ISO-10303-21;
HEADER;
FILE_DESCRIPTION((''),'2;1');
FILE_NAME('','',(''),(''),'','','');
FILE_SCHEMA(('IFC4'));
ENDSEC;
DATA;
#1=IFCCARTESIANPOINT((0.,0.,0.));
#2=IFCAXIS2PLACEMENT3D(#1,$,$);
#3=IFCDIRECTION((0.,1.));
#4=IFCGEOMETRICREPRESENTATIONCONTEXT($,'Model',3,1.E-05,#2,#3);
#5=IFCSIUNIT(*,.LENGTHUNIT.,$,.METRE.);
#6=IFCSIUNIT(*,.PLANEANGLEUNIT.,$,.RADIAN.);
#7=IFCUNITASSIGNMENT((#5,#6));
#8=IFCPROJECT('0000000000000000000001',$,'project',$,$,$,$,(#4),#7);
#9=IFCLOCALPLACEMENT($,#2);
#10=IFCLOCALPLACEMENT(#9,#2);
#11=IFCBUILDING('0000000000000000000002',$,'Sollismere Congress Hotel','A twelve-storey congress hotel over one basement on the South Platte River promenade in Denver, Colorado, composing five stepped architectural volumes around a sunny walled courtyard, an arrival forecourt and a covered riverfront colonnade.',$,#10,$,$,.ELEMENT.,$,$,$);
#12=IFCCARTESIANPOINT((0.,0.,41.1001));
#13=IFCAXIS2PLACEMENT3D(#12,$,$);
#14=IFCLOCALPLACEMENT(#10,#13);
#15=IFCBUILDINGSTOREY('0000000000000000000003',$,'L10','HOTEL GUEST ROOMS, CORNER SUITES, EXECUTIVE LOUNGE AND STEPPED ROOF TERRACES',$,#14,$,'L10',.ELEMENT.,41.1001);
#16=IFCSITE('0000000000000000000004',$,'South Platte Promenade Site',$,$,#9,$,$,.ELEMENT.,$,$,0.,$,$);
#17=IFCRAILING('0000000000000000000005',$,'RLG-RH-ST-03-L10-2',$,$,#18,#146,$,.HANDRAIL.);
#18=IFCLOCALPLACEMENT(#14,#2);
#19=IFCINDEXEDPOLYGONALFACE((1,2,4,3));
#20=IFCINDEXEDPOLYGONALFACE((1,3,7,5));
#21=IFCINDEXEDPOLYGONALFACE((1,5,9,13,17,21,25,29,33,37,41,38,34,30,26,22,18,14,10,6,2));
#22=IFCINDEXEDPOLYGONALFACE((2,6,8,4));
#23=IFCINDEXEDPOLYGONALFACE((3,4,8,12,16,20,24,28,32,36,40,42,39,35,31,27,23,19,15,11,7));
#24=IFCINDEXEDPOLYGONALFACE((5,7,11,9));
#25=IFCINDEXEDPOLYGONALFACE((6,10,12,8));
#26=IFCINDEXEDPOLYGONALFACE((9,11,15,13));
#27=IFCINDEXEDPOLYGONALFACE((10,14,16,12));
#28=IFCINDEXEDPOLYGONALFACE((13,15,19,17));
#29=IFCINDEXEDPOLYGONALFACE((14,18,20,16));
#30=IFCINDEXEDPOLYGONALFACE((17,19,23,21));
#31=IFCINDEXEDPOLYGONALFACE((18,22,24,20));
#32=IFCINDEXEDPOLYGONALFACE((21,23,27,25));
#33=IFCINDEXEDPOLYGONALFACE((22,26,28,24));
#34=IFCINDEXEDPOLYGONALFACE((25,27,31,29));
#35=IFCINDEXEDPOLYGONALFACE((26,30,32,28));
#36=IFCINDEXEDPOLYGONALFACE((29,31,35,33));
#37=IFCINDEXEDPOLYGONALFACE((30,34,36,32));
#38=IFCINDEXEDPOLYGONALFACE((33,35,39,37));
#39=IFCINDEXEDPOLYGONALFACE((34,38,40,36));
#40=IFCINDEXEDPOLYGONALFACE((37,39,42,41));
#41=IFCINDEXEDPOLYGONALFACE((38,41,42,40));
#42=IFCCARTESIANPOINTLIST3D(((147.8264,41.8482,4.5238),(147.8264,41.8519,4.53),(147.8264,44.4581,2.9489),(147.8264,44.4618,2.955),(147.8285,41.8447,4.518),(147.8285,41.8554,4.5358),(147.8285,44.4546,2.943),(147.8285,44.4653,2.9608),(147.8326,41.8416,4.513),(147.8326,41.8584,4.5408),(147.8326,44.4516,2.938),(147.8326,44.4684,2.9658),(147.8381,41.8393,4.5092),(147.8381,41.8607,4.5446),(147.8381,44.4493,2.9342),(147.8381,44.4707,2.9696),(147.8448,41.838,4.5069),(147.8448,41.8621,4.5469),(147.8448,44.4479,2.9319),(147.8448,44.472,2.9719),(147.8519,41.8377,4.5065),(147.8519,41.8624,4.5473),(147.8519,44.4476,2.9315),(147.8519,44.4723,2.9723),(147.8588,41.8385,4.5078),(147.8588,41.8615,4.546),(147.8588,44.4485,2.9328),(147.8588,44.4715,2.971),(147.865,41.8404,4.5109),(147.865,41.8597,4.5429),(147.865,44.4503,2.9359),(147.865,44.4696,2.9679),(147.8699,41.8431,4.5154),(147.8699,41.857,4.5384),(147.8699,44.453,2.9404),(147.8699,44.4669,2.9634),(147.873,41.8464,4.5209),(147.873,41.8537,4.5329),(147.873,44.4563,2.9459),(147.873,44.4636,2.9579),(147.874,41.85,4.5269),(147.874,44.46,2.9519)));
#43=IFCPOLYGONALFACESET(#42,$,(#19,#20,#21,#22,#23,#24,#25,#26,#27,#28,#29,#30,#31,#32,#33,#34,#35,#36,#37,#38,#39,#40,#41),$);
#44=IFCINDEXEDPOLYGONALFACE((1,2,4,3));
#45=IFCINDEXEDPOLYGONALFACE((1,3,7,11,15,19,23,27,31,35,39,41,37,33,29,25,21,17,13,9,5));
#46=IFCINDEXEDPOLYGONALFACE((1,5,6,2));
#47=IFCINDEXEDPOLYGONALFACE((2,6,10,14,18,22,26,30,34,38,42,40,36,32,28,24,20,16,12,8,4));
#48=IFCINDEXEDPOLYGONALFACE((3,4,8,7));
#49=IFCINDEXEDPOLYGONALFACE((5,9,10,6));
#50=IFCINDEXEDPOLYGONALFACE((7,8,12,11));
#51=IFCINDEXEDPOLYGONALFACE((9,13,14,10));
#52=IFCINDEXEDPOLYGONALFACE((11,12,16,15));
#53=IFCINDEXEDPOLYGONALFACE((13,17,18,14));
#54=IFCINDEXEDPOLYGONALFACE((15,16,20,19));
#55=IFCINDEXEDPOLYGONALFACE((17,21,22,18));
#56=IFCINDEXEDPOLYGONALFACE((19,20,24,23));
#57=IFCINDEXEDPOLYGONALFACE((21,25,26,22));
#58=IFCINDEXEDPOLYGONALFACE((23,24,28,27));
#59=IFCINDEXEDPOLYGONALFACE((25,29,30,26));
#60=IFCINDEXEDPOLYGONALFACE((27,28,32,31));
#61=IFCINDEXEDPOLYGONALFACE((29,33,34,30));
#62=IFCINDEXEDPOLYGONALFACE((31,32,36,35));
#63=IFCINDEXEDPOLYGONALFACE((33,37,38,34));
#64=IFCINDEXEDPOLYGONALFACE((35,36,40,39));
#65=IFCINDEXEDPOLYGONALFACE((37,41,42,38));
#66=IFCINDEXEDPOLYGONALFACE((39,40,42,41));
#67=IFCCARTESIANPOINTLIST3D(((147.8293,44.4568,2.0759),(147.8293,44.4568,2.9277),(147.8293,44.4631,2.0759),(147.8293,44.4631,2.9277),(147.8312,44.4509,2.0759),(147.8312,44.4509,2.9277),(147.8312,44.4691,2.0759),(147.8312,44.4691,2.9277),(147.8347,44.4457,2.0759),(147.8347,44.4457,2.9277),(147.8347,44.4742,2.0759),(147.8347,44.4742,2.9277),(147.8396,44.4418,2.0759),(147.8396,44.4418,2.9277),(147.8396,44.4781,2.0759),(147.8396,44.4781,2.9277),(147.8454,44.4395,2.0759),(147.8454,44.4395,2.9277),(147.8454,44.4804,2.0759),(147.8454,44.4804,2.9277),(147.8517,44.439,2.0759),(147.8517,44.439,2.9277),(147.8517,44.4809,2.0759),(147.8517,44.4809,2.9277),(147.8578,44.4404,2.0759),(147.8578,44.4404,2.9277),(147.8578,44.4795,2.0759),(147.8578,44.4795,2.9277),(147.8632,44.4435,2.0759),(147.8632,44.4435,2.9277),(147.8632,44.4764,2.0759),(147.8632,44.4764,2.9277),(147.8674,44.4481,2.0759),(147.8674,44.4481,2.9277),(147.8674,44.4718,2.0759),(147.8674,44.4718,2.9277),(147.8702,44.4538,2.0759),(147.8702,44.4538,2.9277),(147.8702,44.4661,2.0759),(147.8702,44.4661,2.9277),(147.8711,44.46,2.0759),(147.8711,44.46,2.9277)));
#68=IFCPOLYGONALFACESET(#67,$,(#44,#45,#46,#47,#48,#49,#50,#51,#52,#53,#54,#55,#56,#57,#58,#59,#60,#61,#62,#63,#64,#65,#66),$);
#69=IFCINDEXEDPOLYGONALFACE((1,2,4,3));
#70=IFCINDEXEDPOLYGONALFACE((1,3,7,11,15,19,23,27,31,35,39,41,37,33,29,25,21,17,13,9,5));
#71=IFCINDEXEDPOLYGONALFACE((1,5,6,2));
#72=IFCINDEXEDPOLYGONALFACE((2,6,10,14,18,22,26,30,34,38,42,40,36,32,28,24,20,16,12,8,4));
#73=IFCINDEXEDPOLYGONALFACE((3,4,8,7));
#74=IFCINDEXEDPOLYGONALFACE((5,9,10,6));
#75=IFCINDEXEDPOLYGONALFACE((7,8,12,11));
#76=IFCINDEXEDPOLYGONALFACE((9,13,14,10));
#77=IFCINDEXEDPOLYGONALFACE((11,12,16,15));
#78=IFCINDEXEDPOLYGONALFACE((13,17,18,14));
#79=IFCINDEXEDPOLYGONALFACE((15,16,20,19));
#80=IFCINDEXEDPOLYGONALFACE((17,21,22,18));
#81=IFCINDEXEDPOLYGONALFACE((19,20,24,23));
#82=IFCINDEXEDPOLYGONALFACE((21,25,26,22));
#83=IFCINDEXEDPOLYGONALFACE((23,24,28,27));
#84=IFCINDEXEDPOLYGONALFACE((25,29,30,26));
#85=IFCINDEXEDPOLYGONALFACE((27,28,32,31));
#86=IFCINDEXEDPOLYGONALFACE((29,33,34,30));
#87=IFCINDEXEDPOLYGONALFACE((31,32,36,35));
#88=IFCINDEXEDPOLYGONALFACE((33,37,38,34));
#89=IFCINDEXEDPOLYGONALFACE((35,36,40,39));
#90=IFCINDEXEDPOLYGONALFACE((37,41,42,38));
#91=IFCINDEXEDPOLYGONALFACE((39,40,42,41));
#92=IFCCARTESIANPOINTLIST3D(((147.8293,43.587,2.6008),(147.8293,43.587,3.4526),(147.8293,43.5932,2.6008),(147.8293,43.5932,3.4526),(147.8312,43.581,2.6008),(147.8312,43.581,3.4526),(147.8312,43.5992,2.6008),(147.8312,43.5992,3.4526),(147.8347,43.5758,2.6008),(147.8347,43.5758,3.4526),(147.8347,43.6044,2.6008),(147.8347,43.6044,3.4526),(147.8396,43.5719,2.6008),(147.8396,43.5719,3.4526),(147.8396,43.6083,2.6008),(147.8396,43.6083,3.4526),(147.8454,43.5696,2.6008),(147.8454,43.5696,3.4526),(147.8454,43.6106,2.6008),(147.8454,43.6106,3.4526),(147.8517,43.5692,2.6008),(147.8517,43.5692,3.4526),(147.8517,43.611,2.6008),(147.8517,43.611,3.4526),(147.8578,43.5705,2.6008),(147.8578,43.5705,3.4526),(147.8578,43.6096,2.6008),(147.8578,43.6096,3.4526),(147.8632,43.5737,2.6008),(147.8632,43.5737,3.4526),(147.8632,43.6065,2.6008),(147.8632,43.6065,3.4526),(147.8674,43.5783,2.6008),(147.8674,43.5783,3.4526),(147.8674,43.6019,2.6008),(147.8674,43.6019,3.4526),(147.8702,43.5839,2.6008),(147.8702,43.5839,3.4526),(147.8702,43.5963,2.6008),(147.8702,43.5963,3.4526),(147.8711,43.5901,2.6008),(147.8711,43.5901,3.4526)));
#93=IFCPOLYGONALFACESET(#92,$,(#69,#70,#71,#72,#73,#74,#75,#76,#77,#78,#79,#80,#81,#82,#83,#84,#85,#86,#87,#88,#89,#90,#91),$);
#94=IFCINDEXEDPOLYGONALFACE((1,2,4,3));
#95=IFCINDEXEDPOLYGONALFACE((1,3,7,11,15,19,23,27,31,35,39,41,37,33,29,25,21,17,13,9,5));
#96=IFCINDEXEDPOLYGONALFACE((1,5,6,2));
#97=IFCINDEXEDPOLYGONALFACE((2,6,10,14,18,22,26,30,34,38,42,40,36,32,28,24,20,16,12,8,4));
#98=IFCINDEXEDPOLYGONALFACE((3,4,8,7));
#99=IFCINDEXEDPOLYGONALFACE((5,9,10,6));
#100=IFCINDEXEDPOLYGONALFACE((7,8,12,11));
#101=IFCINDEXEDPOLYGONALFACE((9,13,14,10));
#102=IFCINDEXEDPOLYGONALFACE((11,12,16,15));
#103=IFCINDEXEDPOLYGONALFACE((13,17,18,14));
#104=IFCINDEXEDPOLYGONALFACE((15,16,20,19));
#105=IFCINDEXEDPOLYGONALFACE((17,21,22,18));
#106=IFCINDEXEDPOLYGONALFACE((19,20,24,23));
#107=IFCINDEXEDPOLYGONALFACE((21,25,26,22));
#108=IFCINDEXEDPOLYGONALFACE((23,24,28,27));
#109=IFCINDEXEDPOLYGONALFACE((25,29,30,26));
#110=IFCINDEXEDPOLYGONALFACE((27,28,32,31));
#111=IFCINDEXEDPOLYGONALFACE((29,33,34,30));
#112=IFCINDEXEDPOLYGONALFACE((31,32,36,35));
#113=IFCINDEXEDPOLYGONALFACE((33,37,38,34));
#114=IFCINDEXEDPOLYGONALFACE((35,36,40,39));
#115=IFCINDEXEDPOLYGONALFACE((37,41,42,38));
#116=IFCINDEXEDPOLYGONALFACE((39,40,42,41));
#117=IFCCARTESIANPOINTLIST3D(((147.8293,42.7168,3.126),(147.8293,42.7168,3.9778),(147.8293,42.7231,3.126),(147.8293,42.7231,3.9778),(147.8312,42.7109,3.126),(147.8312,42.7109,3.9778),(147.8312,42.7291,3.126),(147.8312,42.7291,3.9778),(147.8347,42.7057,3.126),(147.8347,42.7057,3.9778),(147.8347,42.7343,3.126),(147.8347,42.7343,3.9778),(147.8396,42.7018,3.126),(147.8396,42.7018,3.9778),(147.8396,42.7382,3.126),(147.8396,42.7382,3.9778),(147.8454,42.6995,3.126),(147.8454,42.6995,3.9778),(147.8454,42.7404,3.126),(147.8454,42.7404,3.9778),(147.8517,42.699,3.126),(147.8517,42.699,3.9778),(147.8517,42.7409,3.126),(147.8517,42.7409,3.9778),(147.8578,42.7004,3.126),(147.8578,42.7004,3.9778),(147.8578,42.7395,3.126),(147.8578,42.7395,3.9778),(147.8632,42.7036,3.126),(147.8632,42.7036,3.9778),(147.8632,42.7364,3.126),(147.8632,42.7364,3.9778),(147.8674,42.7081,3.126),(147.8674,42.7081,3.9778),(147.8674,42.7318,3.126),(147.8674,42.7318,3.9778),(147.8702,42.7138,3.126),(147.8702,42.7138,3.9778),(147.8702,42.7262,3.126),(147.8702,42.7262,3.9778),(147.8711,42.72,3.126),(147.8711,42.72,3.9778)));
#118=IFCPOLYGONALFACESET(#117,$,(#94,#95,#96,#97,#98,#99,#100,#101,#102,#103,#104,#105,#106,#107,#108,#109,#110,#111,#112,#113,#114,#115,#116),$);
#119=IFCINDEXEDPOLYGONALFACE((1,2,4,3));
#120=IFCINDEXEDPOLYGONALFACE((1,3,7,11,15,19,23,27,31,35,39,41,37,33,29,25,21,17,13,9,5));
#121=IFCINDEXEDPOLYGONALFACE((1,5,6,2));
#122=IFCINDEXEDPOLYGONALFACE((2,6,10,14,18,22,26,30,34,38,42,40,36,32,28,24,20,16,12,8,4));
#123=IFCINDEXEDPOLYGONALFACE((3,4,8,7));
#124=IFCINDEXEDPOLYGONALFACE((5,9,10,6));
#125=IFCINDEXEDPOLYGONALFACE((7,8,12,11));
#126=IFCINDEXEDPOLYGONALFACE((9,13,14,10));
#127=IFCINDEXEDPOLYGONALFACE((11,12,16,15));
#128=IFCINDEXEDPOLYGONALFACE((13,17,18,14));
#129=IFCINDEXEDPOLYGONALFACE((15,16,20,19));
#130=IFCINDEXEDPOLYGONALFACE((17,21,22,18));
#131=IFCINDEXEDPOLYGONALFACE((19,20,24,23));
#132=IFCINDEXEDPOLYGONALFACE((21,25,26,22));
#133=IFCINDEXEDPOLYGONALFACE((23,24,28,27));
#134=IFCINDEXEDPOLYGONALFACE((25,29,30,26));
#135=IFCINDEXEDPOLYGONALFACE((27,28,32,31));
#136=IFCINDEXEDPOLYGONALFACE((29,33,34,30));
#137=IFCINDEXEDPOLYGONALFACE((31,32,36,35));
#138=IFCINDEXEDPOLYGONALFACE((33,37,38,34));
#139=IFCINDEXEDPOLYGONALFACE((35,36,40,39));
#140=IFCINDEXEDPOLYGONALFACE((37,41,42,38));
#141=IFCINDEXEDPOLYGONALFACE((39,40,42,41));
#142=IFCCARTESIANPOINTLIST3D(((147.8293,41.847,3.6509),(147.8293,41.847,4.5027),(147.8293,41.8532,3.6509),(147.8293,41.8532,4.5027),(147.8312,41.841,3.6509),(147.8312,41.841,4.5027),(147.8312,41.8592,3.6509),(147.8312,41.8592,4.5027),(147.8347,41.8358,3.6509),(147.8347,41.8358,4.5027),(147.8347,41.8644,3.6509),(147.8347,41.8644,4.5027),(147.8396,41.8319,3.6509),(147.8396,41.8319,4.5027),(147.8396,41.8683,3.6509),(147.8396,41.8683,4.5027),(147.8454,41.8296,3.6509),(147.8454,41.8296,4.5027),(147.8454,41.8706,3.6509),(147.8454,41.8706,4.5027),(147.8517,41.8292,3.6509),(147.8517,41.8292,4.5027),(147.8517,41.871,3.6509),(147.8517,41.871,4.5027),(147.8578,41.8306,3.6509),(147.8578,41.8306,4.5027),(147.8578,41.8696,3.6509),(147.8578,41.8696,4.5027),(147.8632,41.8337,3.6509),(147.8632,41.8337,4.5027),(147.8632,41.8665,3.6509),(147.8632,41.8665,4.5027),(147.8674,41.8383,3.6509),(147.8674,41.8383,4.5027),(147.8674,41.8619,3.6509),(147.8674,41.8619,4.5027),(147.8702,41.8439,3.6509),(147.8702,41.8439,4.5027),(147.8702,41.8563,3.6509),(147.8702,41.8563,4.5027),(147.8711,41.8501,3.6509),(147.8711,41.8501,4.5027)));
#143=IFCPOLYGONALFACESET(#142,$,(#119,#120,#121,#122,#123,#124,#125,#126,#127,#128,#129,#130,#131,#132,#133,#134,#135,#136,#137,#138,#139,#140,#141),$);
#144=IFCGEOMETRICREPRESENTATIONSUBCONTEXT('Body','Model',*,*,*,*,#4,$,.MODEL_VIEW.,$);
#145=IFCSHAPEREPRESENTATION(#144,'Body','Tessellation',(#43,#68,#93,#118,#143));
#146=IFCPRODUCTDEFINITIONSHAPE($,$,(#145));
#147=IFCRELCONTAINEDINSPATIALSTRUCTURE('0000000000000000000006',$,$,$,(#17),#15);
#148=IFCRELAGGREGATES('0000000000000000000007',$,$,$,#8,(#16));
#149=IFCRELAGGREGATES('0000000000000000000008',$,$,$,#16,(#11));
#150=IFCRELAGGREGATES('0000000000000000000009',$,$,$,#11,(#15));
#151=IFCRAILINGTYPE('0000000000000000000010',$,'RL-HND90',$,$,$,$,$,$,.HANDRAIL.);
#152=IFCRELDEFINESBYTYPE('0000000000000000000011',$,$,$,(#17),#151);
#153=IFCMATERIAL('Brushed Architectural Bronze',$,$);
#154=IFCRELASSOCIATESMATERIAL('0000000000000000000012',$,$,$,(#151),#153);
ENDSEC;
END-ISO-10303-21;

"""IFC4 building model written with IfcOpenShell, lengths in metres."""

from ifc_helpers import new_model, si_unit, direction, frame, origin, origin_2d, place, context, subcontext, project, spatial, circle, extrude, material, type_object, element, save


model = new_model("IFC4")

# Units and contexts
model_context = context("Model", 3, precision=1e-05, world=origin(), true_north=direction((0.0, 1.0)))
body_context = subcontext(model_context, "Body", "Model", "MODEL_VIEW")
ifc_project = project(units=[si_unit("LENGTHUNIT", "METRE"), si_unit("PLANEANGLEUNIT", "RADIAN")], contexts=[model_context])

# Site, building, storey
site_placement = place(None, origin())
site = spatial("IfcSite", under=ifc_project, at=site_placement, Name="South Platte Promenade Site", CompositionType="ELEMENT", RefElevation=0.0)
building_placement = place(site_placement, origin())
building = spatial("IfcBuilding", under=site, at=building_placement, Name="Sollismere Congress Hotel", Description="A twelve-storey congress hotel over one basement on the South Platte River promenade in Denver, Colorado, composing five stepped architectural volumes around a sunny walled courtyard, an arrival forecourt and a covered riverfront colonnade.", CompositionType="ELEMENT")
storey_placement = place(building_placement, frame((0.0, 0.0, 41.1001)))
storey = spatial("IfcBuildingStorey", under=building, at=storey_placement, Name="L10", Description="HOTEL GUEST ROOMS, CORNER SUITES, EXECUTIVE LOUNGE AND STEPPED ROOF TERRACES", LongName="L10", CompositionType="ELEMENT", Elevation=41.1001)

# Railing
ifc_material_1 = material(Name="Brushed Architectural Bronze")
railing_type_1 = type_object("IfcRailingType", Name="RL-HND90", PredefinedType="HANDRAIL", material=ifc_material_1)
railing_1_placement = place(storey_placement, frame((147.8501, 44.46, 2.0759)))
element("IfcRailing", 1, at=railing_1_placement, inside=storey, type_object=railing_type_1, Name="RLG-RH-ST-03-L10-2", PredefinedType="HANDRAIL", context=body_context, shape_type="SweptSolid", body=[
    extrude(circle(Radius=0.0239, at=origin_2d()), frame((0.0, 0.0, 0.876), z_axis=(0.0, -0.856183, 0.516673), x_axis=(1.0, 0.0, 0.0)), (0.0, 0.0, 1.0), 3.0483),
    extrude(circle(Radius=0.021, at=origin_2d()), origin(), (0.0, 0.0, 1.0), 0.8518),
    extrude(circle(Radius=0.021, at=origin_2d()), frame((0.0, -0.8699, 0.5249)), (0.0, 0.0, 1.0), 0.8518),
    extrude(circle(Radius=0.021, at=origin_2d()), frame((0.0, -1.74, 1.05)), (0.0, 0.0, 1.0), 0.8518),
    extrude(circle(Radius=0.021, at=origin_2d()), frame((0.0, -2.6099, 1.575)), (0.0, 0.0, 1.0), 0.8518),
])

save(model, "model.ifc")
